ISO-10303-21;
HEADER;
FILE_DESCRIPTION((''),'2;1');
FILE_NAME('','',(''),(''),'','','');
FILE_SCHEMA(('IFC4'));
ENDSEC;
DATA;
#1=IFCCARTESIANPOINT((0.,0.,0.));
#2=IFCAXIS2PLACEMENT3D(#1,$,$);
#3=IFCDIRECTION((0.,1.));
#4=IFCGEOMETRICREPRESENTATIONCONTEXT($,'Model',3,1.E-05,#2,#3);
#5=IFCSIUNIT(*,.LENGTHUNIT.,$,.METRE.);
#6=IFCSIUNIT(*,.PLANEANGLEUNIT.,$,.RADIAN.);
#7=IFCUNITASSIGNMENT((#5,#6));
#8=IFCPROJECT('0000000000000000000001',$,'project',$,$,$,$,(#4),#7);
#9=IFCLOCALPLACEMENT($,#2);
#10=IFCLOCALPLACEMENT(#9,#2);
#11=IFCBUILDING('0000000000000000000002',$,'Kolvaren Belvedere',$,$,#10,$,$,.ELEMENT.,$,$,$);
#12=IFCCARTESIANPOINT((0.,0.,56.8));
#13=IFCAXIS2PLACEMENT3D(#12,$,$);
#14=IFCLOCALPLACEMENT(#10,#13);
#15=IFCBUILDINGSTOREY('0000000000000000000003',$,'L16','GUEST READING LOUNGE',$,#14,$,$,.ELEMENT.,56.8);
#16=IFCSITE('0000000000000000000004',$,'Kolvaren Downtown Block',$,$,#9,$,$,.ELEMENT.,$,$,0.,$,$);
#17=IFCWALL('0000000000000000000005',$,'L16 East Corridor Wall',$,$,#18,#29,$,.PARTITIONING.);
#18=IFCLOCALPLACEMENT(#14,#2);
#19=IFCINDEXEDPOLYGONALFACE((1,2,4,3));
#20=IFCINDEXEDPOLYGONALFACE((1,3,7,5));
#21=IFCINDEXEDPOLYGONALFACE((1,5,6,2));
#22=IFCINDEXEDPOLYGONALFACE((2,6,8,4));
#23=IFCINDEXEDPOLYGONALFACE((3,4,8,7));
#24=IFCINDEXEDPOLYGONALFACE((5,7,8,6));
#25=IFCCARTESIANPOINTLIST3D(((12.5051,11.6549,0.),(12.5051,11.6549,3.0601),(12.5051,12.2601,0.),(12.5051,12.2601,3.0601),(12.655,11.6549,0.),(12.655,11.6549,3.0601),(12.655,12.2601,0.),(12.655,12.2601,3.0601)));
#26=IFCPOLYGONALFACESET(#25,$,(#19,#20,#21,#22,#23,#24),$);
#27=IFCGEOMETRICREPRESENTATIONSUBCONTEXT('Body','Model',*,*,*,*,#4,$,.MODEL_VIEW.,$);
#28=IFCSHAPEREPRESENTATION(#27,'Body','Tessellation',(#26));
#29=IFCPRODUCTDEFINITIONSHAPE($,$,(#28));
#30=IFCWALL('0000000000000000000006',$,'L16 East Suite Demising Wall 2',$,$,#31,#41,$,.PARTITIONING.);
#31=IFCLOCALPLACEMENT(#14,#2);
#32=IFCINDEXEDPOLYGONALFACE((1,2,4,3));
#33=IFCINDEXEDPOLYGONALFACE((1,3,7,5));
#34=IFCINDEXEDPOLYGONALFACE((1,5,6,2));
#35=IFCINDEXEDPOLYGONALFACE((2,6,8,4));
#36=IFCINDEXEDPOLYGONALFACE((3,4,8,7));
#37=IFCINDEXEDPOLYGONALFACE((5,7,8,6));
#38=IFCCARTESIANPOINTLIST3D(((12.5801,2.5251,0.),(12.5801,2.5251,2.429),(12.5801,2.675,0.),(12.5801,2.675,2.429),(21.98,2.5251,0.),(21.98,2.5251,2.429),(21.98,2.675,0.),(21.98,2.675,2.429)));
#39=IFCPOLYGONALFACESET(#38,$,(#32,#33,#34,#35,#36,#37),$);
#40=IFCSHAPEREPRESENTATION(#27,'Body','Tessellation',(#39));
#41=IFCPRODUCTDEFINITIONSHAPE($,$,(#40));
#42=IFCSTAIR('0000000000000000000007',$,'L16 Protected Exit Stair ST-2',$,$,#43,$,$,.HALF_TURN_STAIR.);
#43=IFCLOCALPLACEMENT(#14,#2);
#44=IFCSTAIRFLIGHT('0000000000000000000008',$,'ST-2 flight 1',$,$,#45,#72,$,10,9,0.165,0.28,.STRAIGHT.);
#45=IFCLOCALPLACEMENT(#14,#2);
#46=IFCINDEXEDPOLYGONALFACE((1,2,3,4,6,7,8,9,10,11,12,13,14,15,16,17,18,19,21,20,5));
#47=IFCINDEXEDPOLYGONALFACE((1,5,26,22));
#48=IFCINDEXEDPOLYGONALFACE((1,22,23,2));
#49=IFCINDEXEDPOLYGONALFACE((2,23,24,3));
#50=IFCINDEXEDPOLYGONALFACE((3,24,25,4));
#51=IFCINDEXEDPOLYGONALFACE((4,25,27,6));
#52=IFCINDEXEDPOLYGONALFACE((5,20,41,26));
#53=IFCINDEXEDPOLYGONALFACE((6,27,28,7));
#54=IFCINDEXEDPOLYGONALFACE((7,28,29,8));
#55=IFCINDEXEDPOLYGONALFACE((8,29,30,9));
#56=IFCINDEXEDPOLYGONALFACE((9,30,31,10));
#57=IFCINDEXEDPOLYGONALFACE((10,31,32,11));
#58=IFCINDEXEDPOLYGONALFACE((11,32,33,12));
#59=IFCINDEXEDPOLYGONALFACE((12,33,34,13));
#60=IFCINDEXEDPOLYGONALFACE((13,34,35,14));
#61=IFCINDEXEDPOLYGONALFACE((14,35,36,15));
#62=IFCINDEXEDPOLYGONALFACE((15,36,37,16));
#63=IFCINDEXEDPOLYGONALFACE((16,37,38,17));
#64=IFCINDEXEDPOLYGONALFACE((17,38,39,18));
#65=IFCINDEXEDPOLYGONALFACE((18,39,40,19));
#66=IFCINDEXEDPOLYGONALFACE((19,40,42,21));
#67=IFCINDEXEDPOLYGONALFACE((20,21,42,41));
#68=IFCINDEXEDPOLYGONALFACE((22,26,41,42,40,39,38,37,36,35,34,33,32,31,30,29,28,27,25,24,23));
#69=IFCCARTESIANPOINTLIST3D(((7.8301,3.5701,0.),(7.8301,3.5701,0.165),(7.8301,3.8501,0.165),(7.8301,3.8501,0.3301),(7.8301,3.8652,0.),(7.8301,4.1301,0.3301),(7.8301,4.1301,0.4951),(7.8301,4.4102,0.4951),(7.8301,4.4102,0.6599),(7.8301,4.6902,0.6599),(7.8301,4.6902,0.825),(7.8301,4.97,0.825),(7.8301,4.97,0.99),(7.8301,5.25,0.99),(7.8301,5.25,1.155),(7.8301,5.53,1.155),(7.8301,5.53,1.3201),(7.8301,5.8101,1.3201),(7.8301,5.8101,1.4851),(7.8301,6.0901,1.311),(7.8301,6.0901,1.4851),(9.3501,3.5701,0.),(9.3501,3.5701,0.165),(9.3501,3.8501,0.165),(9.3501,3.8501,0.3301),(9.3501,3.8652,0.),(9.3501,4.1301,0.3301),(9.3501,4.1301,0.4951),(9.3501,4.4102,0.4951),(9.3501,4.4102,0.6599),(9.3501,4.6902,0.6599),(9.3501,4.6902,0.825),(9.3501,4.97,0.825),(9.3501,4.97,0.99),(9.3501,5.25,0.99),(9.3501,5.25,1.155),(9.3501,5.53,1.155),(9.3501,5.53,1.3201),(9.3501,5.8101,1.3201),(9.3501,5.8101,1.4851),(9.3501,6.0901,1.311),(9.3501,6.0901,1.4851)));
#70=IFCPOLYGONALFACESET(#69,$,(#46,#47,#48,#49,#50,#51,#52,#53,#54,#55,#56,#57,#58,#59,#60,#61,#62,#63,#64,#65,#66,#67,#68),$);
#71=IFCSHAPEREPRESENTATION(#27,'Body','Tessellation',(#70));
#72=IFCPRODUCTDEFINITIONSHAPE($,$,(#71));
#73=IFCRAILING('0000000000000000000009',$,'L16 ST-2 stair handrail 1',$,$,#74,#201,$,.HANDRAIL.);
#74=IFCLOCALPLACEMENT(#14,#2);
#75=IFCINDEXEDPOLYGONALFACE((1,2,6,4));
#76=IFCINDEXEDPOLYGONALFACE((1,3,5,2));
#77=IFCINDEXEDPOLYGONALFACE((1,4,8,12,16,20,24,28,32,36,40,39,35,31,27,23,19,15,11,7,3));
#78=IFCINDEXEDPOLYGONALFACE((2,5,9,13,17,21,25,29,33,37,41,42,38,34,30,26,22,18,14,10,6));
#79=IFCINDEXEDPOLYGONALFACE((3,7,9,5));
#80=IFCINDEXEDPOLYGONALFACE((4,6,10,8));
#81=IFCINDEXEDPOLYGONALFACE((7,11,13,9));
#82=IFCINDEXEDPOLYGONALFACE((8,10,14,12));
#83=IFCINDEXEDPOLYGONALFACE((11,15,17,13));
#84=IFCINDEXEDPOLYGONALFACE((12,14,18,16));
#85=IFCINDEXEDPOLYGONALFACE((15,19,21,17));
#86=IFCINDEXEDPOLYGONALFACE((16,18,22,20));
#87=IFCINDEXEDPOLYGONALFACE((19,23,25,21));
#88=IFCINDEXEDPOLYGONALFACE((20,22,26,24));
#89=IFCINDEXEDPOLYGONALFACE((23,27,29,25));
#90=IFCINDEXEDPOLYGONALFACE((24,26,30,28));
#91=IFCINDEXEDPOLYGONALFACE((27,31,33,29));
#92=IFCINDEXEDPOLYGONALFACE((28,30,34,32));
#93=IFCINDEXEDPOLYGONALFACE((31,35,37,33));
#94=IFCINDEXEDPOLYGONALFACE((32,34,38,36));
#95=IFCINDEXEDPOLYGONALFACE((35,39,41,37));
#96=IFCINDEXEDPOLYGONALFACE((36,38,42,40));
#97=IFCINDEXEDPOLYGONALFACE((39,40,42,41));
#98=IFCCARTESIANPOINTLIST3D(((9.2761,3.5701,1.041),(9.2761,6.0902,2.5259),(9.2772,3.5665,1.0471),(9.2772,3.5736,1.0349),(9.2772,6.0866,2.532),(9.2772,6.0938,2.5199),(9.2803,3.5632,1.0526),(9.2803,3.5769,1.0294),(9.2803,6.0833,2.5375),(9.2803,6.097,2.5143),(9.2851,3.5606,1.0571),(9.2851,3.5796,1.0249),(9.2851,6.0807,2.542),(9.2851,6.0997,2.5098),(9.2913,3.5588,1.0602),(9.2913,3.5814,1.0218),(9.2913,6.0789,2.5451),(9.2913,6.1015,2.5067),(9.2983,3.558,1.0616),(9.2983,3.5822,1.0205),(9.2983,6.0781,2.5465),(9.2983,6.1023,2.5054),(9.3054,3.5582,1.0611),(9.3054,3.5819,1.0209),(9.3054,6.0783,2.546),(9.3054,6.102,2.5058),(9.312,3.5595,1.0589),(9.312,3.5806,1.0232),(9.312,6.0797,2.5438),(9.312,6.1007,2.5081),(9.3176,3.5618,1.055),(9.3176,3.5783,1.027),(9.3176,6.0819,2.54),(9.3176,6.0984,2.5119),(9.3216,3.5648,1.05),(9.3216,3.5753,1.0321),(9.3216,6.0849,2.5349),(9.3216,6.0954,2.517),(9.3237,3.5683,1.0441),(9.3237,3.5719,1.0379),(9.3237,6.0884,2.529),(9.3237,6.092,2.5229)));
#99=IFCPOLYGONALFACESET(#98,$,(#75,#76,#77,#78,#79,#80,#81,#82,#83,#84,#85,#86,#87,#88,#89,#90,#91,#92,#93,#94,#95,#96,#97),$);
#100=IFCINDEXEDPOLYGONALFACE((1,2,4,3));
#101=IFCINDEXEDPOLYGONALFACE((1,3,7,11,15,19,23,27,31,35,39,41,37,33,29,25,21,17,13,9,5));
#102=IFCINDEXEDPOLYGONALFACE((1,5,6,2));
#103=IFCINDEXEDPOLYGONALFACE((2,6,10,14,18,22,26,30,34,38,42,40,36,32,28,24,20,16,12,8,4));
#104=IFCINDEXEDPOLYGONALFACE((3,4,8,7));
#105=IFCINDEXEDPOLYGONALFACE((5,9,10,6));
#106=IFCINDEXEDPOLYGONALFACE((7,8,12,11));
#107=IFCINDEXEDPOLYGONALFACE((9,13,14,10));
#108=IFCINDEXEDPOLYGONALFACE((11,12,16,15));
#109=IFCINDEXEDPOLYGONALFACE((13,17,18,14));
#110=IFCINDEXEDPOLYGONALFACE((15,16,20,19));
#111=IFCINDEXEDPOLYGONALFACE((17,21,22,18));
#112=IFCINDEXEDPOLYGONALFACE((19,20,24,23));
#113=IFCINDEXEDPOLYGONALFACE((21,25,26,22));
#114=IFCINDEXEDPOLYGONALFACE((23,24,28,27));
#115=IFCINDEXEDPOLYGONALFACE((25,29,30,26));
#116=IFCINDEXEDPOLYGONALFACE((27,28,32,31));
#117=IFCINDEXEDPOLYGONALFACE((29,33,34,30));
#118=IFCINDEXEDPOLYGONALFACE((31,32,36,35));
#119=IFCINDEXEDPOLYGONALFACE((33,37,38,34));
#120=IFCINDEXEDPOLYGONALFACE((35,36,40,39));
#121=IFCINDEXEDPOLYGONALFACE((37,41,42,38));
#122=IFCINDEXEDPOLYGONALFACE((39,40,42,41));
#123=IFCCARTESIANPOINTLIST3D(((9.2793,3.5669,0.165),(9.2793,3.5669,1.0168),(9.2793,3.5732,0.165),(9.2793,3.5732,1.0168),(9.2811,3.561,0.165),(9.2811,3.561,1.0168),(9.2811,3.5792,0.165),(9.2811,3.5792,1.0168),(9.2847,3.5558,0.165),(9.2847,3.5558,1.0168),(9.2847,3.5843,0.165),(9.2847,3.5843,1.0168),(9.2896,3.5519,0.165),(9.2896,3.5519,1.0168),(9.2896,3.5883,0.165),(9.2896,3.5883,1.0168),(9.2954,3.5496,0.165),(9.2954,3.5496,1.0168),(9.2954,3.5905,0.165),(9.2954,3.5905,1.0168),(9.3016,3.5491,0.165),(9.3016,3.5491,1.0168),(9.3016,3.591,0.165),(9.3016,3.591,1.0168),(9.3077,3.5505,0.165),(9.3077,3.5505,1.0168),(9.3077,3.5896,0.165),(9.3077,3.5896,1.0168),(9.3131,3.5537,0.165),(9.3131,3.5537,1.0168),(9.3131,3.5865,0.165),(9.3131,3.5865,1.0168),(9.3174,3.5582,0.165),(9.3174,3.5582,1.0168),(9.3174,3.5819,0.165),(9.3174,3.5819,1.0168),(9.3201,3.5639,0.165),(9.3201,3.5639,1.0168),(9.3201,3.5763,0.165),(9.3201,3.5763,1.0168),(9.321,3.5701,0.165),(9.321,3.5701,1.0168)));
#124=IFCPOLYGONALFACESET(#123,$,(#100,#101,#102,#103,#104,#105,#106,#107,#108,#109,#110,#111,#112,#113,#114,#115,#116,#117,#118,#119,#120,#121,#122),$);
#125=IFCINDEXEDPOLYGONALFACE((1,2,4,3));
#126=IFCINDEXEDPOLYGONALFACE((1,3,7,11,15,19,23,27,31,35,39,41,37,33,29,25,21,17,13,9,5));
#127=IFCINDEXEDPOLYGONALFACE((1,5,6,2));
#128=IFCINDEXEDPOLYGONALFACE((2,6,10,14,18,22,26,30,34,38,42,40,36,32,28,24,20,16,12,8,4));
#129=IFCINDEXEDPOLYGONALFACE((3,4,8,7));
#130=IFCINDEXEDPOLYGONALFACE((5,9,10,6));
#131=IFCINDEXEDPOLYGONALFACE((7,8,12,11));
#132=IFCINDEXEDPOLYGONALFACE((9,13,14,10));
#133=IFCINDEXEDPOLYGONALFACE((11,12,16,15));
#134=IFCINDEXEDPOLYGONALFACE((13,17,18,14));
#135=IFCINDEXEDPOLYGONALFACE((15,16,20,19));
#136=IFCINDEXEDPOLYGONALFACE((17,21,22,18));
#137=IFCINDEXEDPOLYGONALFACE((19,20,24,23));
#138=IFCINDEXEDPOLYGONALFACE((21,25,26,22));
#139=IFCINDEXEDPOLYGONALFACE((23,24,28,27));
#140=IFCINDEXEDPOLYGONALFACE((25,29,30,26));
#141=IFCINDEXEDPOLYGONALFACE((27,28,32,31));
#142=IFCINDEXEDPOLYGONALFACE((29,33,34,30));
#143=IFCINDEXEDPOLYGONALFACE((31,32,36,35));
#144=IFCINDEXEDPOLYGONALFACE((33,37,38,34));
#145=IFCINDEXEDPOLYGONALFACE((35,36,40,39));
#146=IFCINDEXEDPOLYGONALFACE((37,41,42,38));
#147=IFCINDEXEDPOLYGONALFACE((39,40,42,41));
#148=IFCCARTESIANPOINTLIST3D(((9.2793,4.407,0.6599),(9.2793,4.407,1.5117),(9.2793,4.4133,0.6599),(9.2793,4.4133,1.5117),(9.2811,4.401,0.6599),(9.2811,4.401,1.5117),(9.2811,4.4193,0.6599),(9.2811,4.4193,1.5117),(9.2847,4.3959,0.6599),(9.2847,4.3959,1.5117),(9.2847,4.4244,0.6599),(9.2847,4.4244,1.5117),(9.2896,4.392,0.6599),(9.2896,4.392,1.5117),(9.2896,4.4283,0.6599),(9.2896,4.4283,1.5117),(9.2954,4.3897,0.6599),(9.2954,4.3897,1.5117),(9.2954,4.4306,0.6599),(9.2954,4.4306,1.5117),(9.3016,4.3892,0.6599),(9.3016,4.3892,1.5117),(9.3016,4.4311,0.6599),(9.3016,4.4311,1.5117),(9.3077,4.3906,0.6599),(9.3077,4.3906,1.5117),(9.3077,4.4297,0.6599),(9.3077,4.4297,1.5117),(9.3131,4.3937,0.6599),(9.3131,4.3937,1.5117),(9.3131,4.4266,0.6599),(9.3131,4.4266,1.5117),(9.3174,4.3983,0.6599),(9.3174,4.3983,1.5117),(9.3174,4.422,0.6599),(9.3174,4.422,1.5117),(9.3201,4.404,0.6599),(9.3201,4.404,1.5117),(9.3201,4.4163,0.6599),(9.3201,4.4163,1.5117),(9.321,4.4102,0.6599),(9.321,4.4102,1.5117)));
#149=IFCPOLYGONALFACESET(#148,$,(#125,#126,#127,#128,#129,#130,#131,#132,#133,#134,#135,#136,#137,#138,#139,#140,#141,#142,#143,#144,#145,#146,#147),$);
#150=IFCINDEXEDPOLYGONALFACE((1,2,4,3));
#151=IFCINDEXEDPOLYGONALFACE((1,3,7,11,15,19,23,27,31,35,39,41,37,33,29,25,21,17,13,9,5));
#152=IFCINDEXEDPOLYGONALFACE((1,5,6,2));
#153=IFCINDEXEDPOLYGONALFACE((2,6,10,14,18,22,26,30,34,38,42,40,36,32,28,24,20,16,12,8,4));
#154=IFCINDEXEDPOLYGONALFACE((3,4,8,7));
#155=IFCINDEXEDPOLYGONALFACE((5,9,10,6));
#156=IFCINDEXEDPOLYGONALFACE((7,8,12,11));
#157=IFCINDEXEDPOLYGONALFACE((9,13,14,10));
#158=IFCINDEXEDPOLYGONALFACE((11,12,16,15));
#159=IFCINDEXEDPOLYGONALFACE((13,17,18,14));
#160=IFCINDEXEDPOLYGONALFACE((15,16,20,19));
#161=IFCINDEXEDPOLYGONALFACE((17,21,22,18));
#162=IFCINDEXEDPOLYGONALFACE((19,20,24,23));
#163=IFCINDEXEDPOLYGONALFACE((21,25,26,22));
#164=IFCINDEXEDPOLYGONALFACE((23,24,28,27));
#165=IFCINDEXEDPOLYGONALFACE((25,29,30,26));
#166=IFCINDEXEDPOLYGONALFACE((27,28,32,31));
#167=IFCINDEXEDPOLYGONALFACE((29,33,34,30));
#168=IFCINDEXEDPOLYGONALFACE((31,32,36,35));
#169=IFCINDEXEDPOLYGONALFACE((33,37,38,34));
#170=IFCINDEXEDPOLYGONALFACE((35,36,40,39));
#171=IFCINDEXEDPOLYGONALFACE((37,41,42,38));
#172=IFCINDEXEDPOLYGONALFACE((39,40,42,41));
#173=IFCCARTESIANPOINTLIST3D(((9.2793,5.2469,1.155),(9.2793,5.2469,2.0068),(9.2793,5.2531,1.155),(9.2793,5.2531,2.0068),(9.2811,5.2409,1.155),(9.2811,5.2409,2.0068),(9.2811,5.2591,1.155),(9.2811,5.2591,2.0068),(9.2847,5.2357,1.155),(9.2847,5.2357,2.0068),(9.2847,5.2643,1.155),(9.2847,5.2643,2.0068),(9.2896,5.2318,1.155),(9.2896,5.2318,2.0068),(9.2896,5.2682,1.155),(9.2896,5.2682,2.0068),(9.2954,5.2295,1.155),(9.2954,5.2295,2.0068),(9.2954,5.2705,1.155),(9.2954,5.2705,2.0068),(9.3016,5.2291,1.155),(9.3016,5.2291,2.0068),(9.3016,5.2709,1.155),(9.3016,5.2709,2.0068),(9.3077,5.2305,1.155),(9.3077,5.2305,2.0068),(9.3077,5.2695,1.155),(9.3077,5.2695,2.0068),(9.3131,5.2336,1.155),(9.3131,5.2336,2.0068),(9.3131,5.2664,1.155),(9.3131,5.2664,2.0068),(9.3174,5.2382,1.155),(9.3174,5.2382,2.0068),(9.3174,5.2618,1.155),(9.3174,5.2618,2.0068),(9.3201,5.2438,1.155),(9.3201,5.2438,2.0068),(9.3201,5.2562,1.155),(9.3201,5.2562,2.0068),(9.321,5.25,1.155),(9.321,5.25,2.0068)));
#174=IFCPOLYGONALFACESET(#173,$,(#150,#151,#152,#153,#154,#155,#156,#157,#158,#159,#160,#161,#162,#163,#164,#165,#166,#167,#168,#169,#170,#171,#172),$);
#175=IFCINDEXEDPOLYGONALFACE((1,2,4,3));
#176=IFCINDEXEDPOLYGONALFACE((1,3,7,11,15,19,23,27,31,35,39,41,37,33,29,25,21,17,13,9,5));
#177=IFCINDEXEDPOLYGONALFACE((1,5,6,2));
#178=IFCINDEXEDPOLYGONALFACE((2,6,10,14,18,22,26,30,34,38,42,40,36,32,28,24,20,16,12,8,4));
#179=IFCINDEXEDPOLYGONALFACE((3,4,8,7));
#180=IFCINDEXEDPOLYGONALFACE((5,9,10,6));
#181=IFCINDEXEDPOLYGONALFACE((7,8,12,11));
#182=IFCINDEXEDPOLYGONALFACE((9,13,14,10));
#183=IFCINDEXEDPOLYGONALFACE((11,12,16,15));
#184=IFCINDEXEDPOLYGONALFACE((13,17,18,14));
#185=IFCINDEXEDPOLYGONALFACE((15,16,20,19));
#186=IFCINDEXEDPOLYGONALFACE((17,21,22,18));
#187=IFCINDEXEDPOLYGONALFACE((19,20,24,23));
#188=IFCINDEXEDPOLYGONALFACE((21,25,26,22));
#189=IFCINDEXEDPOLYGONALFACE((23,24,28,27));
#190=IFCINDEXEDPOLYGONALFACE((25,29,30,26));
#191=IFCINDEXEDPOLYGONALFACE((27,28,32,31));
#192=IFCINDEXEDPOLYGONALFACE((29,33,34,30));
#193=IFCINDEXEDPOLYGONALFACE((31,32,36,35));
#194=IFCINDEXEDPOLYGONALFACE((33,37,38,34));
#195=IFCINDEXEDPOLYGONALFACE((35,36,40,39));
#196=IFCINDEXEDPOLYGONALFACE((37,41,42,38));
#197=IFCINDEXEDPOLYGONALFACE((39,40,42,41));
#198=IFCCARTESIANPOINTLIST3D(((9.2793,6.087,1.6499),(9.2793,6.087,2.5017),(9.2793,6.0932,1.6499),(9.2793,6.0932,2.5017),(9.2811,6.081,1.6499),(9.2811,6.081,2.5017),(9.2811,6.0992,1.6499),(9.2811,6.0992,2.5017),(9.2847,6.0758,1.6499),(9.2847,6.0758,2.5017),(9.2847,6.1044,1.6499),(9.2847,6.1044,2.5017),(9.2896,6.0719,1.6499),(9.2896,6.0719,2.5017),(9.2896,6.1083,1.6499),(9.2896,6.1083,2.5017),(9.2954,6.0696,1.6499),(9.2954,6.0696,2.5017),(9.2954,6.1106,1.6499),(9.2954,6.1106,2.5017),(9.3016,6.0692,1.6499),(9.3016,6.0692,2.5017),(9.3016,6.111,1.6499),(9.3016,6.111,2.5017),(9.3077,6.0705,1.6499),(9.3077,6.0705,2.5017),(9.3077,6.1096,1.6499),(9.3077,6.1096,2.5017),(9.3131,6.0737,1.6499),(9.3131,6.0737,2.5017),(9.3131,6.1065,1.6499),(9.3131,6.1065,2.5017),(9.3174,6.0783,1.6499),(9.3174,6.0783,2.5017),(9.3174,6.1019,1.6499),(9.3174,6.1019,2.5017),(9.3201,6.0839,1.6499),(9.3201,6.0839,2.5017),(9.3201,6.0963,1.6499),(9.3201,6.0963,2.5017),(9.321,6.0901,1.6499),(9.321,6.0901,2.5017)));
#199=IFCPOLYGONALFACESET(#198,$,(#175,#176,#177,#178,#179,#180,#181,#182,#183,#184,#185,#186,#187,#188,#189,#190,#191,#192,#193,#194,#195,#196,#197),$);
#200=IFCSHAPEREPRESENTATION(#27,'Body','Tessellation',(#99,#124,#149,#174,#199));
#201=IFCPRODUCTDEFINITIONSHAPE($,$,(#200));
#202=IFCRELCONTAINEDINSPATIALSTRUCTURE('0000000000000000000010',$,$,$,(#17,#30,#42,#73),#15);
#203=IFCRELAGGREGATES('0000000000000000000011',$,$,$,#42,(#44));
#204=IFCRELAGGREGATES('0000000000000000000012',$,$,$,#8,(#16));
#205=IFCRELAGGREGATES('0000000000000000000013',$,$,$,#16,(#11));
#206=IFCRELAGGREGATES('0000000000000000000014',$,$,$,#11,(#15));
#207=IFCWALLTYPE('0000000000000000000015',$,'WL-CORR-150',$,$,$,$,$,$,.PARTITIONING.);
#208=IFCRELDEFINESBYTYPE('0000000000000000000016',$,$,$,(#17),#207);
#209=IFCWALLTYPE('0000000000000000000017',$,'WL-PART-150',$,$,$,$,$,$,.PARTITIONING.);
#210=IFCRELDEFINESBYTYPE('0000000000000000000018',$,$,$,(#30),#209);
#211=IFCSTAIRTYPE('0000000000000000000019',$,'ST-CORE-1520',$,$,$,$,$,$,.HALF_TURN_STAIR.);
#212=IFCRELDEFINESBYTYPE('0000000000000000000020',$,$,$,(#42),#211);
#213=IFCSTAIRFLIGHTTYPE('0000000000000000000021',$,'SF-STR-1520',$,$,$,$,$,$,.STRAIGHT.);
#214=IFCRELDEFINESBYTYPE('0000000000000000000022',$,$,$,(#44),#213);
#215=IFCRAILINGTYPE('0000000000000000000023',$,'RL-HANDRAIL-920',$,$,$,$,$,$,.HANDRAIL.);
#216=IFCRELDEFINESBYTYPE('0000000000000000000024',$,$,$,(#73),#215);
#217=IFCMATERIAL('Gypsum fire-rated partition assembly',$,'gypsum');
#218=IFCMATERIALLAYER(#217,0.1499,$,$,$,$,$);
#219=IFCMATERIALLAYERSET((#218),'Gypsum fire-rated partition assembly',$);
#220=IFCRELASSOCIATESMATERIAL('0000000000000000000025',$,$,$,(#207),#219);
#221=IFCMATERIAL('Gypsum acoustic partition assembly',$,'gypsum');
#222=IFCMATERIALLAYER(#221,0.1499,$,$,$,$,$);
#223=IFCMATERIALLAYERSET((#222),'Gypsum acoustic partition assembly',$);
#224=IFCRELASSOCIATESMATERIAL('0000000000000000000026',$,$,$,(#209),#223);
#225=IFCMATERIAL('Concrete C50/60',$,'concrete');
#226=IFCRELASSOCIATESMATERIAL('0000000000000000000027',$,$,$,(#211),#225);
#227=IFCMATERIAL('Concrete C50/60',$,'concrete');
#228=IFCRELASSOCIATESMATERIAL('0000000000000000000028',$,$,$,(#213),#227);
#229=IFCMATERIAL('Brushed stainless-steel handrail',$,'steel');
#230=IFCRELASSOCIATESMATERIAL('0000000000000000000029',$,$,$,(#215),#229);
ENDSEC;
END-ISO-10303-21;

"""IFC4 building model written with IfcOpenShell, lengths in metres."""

from ifc_helpers import new_model, si_unit, direction, frame, frame_2d, origin, origin_2d, place, context, subcontext, project, spatial, polyline, rectangle, circle, outline, extrude, material, layer, layer_set, type_object, element, aggregate, save


model = new_model("IFC4")

# Units and contexts
model_context = context("Model", 3, precision=1e-05, world=origin(), true_north=direction((0.0, 1.0)))
body_context = subcontext(model_context, "Body", "Model", "MODEL_VIEW")
ifc_project = project(units=[si_unit("LENGTHUNIT", "METRE"), si_unit("PLANEANGLEUNIT", "RADIAN")], contexts=[model_context])

# Site, building, storey
site_placement = place(None, origin())
site = spatial("IfcSite", under=ifc_project, at=site_placement, Name="Kolvaren Downtown Block", CompositionType="ELEMENT", RefElevation=0.0)
building_placement = place(site_placement, origin())
building = spatial("IfcBuilding", under=site, at=building_placement, Name="Kolvaren Belvedere", CompositionType="ELEMENT")
storey_placement = place(building_placement, frame((0.0, 0.0, 56.8)))
storey = spatial("IfcBuildingStorey", under=building, at=storey_placement, Name="L16", Description="GUEST READING LOUNGE", CompositionType="ELEMENT", Elevation=56.8)

# Shared definitions
ifc_material_1 = material(Name="Gypsum fire-rated partition assembly", Category="gypsum")
ifc_layer_1 = layer(ifc_material_1, 0.1499)
ifc_layer_set_1 = layer_set([ifc_layer_1], Name="Gypsum fire-rated partition assembly")
wall_type_1 = type_object("IfcWallType", Name="WL-CORR-150", PredefinedType="PARTITIONING", material=ifc_layer_set_1)

# Walls
wall_1_placement = place(storey_placement, frame((12.5801, 11.6548, 0.0), z_axis=(0.0, 0.0, 1.0), x_axis=(0.0, 1.0, 0.0)))
element("IfcWall", 1, at=wall_1_placement, inside=storey, type_object=wall_type_1, Name="L16 East Corridor Wall", PredefinedType="PARTITIONING", context=body_context, shape_type="SweptSolid", body=[
    extrude(rectangle(XDim=0.6052, YDim=0.1499, at=frame_2d((0.3027, 0.0))), origin(), (0.0, 0.0, 1.0), 3.0601),
])
ifc_material_2 = material(Name="Gypsum acoustic partition assembly", Category="gypsum")
ifc_layer_2 = layer(ifc_material_2, 0.1499)
ifc_layer_set_2 = layer_set([ifc_layer_2], Name="Gypsum acoustic partition assembly")
wall_type_2 = type_object("IfcWallType", Name="WL-PART-150", PredefinedType="PARTITIONING", material=ifc_layer_set_2)
wall_2_placement = place(storey_placement, frame((12.5801, 2.6001, 0.0), z_axis=(0.0, 0.0, 1.0), x_axis=(1.0, 0.0, 0.0)))
element("IfcWall", 2, at=wall_2_placement, inside=storey, type_object=wall_type_2, Name="L16 East Suite Demising Wall 2", PredefinedType="PARTITIONING", context=body_context, shape_type="SweptSolid", body=[
    extrude(rectangle(XDim=9.3999, YDim=0.1499, at=frame_2d((4.7, 0.0))), origin(), (0.0, 0.0, 1.0), 2.429),
])

# Stair, stair flight
ifc_material_3 = material(Name="Concrete C50/60", Category="concrete")
stair_type = type_object("IfcStairType", Name="ST-CORE-1520", PredefinedType="HALF_TURN_STAIR", material=ifc_material_3)
stair_placement = place(storey_placement, origin())
stair = element("IfcStair", 3, at=stair_placement, inside=storey, type_object=stair_type, Name="L16 Protected Exit Stair ST-2", PredefinedType="HALF_TURN_STAIR")
ifc_material_4 = material(Name="Concrete C50/60", Category="concrete")
stair_flight_type = type_object("IfcStairFlightType", Name="SF-STR-1520", PredefinedType="STRAIGHT", material=ifc_material_4)
stair_flight_placement = place(storey_placement, frame((8.5901, 3.5701, 0.0), z_axis=(0.0, 0.0, 1.0), x_axis=(0.0, 1.0, 0.0)))
stair_flight = element("IfcStairFlight", 4, at=stair_flight_placement, type_object=stair_flight_type, Name="ST-2 flight 1", NumberOfRisers=10, NumberOfTreads=9, PredefinedType="STRAIGHT", RiserHeight=0.165, TreadLength=0.28, context=body_context, shape_type="SweptSolid", body=[
    extrude(outline(polyline([(0.0, 0.0), (0.0, 0.165), (0.28, 0.165), (0.28, 0.3301), (0.5601, 0.3301), (0.5601, 0.4951), (0.8401, 0.4951), (0.8401, 0.6599), (1.1201, 0.6599), (1.1201, 0.825), (1.3999, 0.825), (1.3999, 0.99), (1.6799, 0.99), (1.6799, 1.155), (1.96, 1.155), (1.96, 1.3201), (2.24, 1.3201), (2.24, 1.4851), (2.52, 1.4851), (2.52, 1.6499), (2.52, 1.311), (0.2952, 0.0), (0.0, 0.0)])), frame((0.0, 0.76, 0.0), z_axis=(0.0, -1.0, 0.0), x_axis=(1.0, 0.0, 0.0)), (0.0, 0.0, 1.0), 1.52),
])
aggregate(stair, [stair_flight])

# Railing
ifc_material_5 = material(Name="Brushed stainless-steel handrail", Category="steel")
railing_type = type_object("IfcRailingType", Name="RL-HANDRAIL-920", PredefinedType="HANDRAIL", material=ifc_material_5)
railing_placement = place(storey_placement, frame((9.3, 3.5701, 0.165)))
element("IfcRailing", 5, at=railing_placement, inside=storey, type_object=railing_type, Name="L16 ST-2 stair handrail 1", PredefinedType="HANDRAIL", context=body_context, shape_type="SweptSolid", body=[
    extrude(circle(Radius=0.0239, at=origin_2d()), frame((0.0, 0.0, 0.876), z_axis=(0.0, 0.861561, 0.507655), x_axis=(-1.0, 0.0, 0.0)), (0.0, 0.0, 1.0), 2.925),
    extrude(circle(Radius=0.021, at=origin_2d()), origin(), (0.0, 0.0, 1.0), 0.8518),
    extrude(circle(Radius=0.021, at=origin_2d()), frame((0.0, 0.8401, 0.4949)), (0.0, 0.0, 1.0), 0.8518),
    extrude(circle(Radius=0.021, at=origin_2d()), frame((0.0, 1.6799, 0.99)), (0.0, 0.0, 1.0), 0.8518),
    extrude(circle(Radius=0.021, at=origin_2d()), frame((0.0, 2.52, 1.4849)), (0.0, 0.0, 1.0), 0.8518),
])

save(model, "model.ifc")
